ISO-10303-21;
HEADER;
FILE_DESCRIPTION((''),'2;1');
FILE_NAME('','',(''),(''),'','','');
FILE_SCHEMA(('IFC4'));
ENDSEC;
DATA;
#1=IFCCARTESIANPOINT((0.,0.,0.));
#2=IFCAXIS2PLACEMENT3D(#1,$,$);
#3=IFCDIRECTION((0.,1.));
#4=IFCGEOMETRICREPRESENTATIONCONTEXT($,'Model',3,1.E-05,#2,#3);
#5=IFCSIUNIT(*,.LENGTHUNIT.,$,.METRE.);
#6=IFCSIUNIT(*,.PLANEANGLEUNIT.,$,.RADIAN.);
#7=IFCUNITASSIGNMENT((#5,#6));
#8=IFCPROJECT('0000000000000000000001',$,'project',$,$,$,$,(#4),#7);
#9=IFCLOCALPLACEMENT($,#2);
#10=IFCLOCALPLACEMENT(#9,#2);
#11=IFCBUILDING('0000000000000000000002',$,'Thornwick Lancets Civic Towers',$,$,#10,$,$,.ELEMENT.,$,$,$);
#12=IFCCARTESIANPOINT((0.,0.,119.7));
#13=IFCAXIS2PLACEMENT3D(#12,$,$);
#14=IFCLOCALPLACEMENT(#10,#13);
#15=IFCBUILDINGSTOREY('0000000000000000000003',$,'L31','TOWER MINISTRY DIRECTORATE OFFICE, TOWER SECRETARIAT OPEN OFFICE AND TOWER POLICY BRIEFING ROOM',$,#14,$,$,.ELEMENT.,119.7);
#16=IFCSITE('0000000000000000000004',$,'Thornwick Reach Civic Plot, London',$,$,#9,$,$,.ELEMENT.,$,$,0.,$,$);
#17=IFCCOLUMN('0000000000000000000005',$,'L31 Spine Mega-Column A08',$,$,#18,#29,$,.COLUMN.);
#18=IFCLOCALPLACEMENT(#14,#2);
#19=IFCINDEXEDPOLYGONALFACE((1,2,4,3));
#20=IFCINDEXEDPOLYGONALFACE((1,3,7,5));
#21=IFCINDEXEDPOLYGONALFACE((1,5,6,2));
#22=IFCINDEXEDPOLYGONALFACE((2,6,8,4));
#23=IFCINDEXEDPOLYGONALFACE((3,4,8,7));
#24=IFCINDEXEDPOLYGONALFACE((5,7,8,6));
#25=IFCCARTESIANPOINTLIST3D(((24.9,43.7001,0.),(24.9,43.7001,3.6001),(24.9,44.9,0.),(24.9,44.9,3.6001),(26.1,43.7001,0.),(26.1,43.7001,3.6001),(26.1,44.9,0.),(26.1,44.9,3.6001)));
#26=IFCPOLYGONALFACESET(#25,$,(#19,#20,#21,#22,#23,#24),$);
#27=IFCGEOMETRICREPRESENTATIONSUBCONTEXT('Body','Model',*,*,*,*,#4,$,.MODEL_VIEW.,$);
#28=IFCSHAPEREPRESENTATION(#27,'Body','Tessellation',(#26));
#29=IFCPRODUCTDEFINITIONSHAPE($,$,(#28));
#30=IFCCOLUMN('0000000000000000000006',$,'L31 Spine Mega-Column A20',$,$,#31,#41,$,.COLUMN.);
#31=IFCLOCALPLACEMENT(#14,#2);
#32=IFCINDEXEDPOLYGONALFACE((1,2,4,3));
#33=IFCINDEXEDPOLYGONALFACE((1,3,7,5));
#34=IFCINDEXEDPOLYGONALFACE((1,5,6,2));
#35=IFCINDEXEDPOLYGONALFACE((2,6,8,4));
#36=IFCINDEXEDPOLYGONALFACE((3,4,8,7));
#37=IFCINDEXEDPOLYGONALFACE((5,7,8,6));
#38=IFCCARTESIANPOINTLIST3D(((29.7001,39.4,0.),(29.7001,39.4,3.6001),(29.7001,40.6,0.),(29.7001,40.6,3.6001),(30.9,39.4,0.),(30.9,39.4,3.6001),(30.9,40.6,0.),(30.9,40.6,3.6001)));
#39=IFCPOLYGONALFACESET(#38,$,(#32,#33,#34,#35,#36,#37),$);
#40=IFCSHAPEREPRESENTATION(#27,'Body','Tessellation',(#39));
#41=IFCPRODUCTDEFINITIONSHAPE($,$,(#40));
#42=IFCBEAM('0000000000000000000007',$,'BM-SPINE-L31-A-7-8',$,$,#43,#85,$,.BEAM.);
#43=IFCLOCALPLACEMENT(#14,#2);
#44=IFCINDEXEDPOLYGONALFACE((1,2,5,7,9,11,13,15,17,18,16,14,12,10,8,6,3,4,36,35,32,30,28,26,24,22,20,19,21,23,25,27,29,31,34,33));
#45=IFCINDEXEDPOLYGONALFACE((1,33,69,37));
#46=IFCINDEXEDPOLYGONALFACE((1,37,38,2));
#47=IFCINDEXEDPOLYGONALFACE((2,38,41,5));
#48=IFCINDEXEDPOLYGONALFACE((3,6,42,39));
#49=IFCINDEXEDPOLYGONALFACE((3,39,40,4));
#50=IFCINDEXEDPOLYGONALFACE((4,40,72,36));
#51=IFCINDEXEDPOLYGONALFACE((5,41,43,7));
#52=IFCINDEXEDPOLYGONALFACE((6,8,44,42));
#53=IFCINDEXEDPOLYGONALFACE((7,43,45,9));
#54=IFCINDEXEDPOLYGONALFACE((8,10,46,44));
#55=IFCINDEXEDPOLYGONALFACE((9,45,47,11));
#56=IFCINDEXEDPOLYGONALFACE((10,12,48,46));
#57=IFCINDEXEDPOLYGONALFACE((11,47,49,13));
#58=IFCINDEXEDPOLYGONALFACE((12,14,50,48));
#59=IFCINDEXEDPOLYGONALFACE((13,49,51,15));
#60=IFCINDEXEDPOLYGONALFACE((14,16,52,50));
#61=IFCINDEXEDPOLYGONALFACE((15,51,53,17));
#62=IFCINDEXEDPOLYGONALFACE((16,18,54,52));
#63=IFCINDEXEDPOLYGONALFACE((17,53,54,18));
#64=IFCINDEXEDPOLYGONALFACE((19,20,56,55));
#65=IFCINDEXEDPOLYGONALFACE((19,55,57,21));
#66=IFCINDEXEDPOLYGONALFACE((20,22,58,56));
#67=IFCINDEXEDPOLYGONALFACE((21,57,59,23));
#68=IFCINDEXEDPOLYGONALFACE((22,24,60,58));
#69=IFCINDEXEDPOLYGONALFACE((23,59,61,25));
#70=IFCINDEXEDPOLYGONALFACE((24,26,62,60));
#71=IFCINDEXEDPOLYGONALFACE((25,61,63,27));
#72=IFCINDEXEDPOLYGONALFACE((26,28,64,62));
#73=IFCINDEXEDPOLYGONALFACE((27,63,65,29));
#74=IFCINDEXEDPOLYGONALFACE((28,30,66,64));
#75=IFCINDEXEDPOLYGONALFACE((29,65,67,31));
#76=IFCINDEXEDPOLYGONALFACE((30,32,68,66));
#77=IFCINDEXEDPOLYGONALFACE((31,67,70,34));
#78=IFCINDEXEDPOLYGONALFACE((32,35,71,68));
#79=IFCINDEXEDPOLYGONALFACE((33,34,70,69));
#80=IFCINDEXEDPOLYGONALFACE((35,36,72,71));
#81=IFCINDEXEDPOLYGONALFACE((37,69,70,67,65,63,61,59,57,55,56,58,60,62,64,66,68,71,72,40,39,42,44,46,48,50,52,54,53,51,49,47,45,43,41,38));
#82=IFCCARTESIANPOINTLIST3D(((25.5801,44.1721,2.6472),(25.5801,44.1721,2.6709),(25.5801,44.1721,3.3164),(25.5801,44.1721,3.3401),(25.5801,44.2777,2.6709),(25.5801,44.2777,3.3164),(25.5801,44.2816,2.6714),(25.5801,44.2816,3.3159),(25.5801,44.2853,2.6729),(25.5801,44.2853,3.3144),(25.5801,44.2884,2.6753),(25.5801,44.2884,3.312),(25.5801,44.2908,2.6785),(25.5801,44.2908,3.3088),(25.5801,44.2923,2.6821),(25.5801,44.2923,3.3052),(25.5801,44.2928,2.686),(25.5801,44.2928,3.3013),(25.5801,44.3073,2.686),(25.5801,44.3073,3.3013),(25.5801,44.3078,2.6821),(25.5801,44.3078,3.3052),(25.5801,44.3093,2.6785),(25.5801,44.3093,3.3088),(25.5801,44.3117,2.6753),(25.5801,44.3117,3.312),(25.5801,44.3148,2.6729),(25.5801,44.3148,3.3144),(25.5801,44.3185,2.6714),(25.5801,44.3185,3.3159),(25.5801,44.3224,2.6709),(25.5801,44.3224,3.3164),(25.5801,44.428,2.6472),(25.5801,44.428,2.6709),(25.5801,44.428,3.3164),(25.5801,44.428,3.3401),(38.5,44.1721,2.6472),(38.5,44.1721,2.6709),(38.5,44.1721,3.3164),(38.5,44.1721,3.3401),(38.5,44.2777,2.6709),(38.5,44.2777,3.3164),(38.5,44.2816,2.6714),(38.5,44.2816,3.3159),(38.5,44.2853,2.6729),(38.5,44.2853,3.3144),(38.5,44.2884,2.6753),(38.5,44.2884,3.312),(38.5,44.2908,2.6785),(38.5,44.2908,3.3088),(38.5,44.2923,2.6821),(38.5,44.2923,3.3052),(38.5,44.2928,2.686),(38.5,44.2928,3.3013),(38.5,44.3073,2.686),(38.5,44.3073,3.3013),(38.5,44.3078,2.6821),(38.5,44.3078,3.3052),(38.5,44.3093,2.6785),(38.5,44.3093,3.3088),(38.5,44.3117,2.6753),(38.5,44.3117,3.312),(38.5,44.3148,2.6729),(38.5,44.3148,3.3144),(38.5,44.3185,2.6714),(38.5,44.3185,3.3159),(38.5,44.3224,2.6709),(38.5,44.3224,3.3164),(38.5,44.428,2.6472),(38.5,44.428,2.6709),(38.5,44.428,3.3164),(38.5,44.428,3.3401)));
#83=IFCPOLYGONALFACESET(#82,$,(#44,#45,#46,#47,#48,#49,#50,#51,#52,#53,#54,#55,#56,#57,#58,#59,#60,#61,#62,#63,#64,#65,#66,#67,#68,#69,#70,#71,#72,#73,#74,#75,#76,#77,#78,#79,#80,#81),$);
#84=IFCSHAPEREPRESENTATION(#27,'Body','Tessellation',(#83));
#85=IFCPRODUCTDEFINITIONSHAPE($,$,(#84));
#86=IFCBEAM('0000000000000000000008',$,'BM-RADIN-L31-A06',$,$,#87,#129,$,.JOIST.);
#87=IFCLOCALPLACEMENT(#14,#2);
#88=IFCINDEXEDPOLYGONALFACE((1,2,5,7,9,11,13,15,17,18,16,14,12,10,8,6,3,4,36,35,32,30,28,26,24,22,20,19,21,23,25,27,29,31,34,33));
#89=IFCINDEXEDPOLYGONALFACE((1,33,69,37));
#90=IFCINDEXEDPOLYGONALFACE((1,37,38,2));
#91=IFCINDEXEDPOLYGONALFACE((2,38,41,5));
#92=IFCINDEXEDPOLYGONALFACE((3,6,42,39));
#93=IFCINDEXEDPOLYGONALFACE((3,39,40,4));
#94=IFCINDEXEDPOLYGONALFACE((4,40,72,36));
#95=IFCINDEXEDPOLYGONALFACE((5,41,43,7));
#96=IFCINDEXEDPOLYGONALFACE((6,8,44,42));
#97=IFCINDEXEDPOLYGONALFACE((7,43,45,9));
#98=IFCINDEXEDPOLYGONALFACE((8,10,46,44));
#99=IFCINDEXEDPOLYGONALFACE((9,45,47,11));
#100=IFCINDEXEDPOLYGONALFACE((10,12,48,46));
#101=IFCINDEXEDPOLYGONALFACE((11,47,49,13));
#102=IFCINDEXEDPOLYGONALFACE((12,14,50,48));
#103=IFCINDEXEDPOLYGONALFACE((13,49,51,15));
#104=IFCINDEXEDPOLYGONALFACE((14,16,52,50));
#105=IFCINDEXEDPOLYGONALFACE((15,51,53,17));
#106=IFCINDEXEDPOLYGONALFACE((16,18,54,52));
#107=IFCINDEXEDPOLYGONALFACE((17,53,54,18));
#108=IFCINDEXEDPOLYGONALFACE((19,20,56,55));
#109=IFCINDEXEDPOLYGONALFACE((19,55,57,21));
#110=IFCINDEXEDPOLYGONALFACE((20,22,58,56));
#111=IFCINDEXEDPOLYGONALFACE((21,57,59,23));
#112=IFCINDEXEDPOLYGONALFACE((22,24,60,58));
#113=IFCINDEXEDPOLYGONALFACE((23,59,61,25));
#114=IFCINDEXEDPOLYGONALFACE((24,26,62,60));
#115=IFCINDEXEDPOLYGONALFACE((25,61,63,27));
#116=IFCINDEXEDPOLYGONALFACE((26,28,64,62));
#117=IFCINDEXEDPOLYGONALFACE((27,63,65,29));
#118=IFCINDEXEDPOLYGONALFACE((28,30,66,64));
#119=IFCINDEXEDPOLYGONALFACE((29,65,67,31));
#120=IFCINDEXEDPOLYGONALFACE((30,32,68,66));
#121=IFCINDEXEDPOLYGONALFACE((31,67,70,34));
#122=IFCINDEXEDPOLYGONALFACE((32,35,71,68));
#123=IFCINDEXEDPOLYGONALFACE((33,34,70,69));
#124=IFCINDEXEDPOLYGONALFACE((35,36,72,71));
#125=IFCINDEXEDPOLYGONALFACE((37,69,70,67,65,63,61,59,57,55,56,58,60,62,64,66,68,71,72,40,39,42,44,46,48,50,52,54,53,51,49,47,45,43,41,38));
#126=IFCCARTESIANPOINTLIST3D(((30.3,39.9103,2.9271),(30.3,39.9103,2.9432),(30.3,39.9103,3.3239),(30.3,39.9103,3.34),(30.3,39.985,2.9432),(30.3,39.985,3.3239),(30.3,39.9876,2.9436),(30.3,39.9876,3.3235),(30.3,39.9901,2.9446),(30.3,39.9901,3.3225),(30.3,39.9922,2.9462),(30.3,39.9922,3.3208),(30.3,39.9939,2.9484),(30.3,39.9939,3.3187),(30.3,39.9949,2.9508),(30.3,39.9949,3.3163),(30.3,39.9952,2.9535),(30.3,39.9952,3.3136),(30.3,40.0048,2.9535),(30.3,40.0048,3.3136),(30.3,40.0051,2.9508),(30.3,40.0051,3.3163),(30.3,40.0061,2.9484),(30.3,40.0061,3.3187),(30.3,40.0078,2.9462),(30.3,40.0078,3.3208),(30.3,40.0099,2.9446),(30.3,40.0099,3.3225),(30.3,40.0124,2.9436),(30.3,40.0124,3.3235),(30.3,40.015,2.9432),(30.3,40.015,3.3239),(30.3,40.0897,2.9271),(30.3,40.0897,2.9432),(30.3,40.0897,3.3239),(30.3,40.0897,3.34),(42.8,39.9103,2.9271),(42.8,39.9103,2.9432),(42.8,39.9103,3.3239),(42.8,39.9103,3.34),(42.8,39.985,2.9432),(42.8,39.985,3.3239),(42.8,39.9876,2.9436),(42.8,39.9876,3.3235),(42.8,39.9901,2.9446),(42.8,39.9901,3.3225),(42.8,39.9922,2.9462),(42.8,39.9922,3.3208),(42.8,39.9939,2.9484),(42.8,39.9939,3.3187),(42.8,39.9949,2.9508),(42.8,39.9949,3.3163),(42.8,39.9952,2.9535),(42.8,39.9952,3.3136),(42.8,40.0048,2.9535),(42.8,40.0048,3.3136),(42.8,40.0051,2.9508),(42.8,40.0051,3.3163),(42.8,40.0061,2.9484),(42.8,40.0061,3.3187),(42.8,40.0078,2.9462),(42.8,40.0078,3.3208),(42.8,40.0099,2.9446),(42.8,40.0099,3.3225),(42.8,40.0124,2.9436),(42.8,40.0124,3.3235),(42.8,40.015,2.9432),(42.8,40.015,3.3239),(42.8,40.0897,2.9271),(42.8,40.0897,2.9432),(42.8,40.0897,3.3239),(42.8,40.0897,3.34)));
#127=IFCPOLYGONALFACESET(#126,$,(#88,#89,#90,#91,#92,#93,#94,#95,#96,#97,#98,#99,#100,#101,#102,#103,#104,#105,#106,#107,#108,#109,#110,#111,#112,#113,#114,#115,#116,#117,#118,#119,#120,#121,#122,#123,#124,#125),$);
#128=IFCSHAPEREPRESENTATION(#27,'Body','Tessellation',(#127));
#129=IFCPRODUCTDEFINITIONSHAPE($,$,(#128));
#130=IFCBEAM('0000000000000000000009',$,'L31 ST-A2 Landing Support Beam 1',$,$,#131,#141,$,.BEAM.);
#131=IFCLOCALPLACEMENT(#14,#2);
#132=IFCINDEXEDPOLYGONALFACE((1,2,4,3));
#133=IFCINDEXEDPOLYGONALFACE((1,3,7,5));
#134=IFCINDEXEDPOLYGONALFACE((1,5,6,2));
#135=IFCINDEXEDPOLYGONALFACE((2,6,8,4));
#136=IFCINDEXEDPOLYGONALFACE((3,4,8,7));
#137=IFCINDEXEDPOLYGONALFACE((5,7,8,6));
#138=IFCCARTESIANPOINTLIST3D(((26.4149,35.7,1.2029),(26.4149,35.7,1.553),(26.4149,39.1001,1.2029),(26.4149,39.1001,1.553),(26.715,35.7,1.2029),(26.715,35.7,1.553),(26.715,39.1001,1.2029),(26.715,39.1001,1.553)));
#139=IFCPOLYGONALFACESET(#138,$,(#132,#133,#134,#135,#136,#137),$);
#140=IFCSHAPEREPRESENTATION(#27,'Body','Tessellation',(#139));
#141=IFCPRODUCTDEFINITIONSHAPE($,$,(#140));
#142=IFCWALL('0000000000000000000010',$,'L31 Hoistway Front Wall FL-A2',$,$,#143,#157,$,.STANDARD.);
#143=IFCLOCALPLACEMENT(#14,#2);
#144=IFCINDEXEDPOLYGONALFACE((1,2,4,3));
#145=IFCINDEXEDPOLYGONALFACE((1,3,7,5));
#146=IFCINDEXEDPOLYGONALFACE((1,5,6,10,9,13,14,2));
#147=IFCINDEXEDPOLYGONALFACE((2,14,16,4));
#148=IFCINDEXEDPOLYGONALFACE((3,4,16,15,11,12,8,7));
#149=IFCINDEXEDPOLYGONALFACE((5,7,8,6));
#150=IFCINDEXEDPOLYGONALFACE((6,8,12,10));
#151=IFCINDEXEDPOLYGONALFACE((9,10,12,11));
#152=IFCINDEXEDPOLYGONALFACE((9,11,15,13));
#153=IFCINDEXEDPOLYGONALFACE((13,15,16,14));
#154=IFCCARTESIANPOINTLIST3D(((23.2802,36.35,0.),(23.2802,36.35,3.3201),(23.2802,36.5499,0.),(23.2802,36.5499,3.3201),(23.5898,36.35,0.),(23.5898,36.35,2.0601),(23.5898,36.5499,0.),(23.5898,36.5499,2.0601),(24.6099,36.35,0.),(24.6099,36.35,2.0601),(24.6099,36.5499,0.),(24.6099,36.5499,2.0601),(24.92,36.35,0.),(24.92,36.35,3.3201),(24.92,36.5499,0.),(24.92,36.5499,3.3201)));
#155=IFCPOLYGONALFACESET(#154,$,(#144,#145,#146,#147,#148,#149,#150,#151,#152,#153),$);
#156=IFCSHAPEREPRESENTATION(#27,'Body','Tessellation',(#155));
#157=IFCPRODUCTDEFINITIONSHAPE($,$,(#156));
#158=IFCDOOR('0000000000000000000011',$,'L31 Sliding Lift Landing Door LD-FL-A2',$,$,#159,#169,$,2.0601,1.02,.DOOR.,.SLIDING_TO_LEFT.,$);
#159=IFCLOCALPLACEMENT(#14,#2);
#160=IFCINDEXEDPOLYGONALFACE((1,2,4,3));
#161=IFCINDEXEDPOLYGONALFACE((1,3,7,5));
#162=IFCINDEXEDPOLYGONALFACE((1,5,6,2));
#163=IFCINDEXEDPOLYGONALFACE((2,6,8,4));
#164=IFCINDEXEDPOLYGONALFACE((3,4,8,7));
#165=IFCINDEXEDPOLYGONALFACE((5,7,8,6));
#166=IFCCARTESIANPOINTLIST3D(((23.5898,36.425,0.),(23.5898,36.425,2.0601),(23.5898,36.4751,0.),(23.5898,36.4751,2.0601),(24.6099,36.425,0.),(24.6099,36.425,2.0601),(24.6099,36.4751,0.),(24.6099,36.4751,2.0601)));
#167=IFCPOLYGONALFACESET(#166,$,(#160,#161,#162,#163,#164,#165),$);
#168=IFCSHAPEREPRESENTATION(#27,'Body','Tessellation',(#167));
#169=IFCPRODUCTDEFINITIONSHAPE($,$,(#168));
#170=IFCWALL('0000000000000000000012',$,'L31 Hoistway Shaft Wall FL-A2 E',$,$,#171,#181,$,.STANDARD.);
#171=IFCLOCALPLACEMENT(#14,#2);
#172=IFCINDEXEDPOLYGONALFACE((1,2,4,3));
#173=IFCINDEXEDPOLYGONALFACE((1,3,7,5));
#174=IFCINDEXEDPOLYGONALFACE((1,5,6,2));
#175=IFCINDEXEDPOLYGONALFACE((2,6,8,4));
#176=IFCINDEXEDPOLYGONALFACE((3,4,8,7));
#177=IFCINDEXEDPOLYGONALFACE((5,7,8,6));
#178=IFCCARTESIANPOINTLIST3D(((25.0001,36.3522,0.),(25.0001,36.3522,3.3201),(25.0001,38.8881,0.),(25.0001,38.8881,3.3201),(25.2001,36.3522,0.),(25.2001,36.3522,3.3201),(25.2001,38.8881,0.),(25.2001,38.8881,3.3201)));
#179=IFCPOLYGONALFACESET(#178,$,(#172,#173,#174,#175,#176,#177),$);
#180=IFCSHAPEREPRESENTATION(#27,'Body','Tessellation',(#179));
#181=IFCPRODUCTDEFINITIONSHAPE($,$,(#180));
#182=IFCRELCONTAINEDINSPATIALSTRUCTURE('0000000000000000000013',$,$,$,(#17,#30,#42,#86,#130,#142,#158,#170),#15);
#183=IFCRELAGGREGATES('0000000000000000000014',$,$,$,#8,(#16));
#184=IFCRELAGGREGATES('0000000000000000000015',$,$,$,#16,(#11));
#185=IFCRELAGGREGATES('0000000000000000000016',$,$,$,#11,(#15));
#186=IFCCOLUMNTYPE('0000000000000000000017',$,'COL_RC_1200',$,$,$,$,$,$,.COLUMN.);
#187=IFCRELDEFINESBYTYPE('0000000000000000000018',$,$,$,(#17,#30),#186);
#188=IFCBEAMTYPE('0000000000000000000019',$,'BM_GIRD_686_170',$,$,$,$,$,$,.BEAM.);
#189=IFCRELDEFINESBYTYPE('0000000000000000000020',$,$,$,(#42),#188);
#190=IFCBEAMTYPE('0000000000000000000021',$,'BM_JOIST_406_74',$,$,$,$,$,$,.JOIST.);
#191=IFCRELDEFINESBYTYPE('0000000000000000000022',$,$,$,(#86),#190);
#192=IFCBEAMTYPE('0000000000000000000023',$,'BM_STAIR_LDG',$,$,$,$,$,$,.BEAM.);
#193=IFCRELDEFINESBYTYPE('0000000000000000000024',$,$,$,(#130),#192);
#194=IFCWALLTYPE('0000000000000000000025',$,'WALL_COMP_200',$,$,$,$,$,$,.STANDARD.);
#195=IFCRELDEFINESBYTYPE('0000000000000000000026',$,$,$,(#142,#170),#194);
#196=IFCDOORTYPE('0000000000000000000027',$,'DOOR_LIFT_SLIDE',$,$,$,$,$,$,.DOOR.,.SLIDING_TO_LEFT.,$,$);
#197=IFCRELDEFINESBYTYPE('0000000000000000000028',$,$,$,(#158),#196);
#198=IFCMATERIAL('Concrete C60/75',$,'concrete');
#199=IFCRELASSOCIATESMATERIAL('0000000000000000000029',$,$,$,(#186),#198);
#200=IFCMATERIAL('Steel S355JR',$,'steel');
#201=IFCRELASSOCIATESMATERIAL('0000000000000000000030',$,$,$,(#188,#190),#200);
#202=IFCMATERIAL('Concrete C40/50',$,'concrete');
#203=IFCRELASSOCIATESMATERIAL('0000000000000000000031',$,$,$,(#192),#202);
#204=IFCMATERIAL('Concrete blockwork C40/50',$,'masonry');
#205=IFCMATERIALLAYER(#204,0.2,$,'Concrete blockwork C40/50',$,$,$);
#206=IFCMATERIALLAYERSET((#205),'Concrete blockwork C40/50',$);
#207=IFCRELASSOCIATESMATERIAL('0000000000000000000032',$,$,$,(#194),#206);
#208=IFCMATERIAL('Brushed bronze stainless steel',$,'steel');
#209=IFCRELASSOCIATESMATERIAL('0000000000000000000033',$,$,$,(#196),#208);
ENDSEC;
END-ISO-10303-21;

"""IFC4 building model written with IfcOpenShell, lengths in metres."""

from ifc_helpers import new_model, si_unit, direction, frame, frame_2d, origin, origin_2d, place, context, subcontext, project, spatial, rectangle, i_section, extrude, material, layer, layer_set, material_profile, profile_set, type_object, element, fill, save


model = new_model("IFC4")

# Units and contexts
model_context = context("Model", 3, precision=1e-05, world=origin(), true_north=direction((0.0, 1.0)))
body_context = subcontext(model_context, "Body", "Model", "MODEL_VIEW")
ifc_project = project(units=[si_unit("LENGTHUNIT", "METRE"), si_unit("PLANEANGLEUNIT", "RADIAN")], contexts=[model_context])

# Site, building, storey
site_placement = place(None, origin())
site = spatial("IfcSite", under=ifc_project, at=site_placement, Name="Thornwick Reach Civic Plot, London", CompositionType="ELEMENT", RefElevation=0.0)
building_placement = place(site_placement, origin())
building = spatial("IfcBuilding", under=site, at=building_placement, Name="Thornwick Lancets Civic Towers", CompositionType="ELEMENT")
storey_placement = place(building_placement, frame((0.0, 0.0, 119.7)))
storey = spatial("IfcBuildingStorey", under=building, at=storey_placement, Name="L31", Description="TOWER MINISTRY DIRECTORATE OFFICE, TOWER SECRETARIAT OPEN OFFICE AND TOWER POLICY BRIEFING ROOM", CompositionType="ELEMENT", Elevation=119.7)

# Columns
ifc_material_1 = material(Name="Concrete C60/75", Category="concrete")
ifc_material_profile_1 = material_profile(ifc_material_1, rectangle(XDim=1.2, YDim=1.2, at=origin_2d()), Name="RC 1200x1200")
ifc_profile_set_1 = profile_set([ifc_material_profile_1], Name="Concrete C60/75")
column_type = type_object("IfcColumnType", Name="COL_RC_1200", PredefinedType="COLUMN", material=ifc_profile_set_1)
for number, where, z_axis, x_axis, name in (
    (1, (25.5, 44.3, 0.0), (0.0, 0.0, 1.0), (1.0, 0.0, 0.0), "L31 Spine Mega-Column A08"),
    (2, (30.3, 40.0, 0.0), (0.0, 0.0, 1.0), (1.0, 0.0, 0.0), "L31 Spine Mega-Column A20"),
):
    element("IfcColumn", number, at=place(storey_placement, frame(where, z_axis=z_axis, x_axis=x_axis)), inside=storey, type_object=column_type, Name=name, PredefinedType="COLUMN", context=body_context, shape_type="SweptSolid", body=[
        extrude(rectangle(XDim=1.2, YDim=1.2, at=origin_2d()), origin(), (0.0, 0.0, 1.0), 3.6001),
    ])

# Beams
ifc_material_2 = material(Name="Steel S355JR", Category="steel")
ifc_material_profile_2 = material_profile(ifc_material_2, i_section(OverallWidth=0.2559, OverallDepth=0.6929, WebThickness=0.0144, FlangeThickness=0.0237, FilletRadius=0.0151, at=origin_2d()), Name="UKB 686x254x170")
ifc_profile_set_2 = profile_set([ifc_material_profile_2], Name="Steel S355JR")
beam_type_1 = type_object("IfcBeamType", Name="BM_GIRD_686_170", PredefinedType="BEAM", material=ifc_profile_set_2)
beam_1_placement = place(storey_placement, frame((25.5801, 44.3, 2.9937), z_axis=(1.0, 0.0, 0.0), x_axis=(0.0, 1.0, 0.0)))
element("IfcBeam", 3, at=beam_1_placement, inside=storey, type_object=beam_type_1, Name="BM-SPINE-L31-A-7-8", PredefinedType="BEAM", context=body_context, shape_type="SweptSolid", body=[
    extrude(i_section(OverallWidth=0.2559, OverallDepth=0.6929, WebThickness=0.0144, FlangeThickness=0.0237, FilletRadius=0.0151, at=origin_2d()), origin(), (0.0, 0.0, 1.0), 12.9199),
])
ifc_material_profile_3 = material_profile(ifc_material_2, i_section(OverallWidth=0.1794, OverallDepth=0.4128, WebThickness=0.0095, FlangeThickness=0.0161, FilletRadius=0.0103, at=origin_2d()), Name="UKB 406x178x74")
ifc_profile_set_3 = profile_set([ifc_material_profile_3], Name="Steel S355JR")
beam_type_2 = type_object("IfcBeamType", Name="BM_JOIST_406_74", PredefinedType="JOIST", material=ifc_profile_set_3)
beam_2_placement = place(storey_placement, frame((30.3, 40.0, 3.1335), z_axis=(1.0, 0.0, 0.0), x_axis=(0.0, 1.0, 0.0)))
element("IfcBeam", 4, at=beam_2_placement, inside=storey, type_object=beam_type_2, Name="BM-RADIN-L31-A06", PredefinedType="JOIST", context=body_context, shape_type="SweptSolid", body=[
    extrude(i_section(OverallWidth=0.1794, OverallDepth=0.4128, WebThickness=0.0095, FlangeThickness=0.0161, FilletRadius=0.0103, at=origin_2d()), origin(), (0.0, 0.0, 1.0), 12.5),
])
ifc_material_3 = material(Name="Concrete C40/50", Category="concrete")
ifc_material_profile_4 = material_profile(ifc_material_3, rectangle(XDim=0.3, YDim=0.3501, at=origin_2d()), Name="RC 300x350")
ifc_profile_set_4 = profile_set([ifc_material_profile_4], Name="Concrete C40/50")
beam_type_3 = type_object("IfcBeamType", Name="BM_STAIR_LDG", PredefinedType="BEAM", material=ifc_profile_set_4)
beam_3_placement = place(storey_placement, frame((26.5649, 39.1001, 1.3779), z_axis=(0.0, -1.0, 0.0), x_axis=(1.0, 0.0, 0.0)))
element("IfcBeam", 5, at=beam_3_placement, inside=storey, type_object=beam_type_3, Name="L31 ST-A2 Landing Support Beam 1", PredefinedType="BEAM", context=body_context, shape_type="SweptSolid", body=[
    extrude(rectangle(XDim=0.3, YDim=0.3501, at=origin_2d()), origin(), (0.0, 0.0, 1.0), 3.4001),
])

# Wall, opening, door
ifc_material_4 = material(Name="Concrete blockwork C40/50", Category="masonry")
ifc_layer = layer(ifc_material_4, 0.2, Name="Concrete blockwork C40/50")
ifc_layer_set = layer_set([ifc_layer], Name="Concrete blockwork C40/50")
wall_type = type_object("IfcWallType", Name="WALL_COMP_200", PredefinedType="STANDARD", material=ifc_layer_set)
wall_1_placement = place(storey_placement, frame((24.9199, 36.45, 0.0), z_axis=(0.0, 0.0, 1.0), x_axis=(-1.0, 0.0, 0.0)))
wall_1 = element("IfcWall", 6, at=wall_1_placement, inside=storey, type_object=wall_type, Name="L31 Hoistway Front Wall FL-A2", PredefinedType="STANDARD", context=body_context, shape_type="SweptSolid", body=[
    extrude(rectangle(XDim=1.6399, YDim=0.2, at=frame_2d((0.8198, 0.0))), origin(), (0.0, 0.0, 1.0), 3.3201),
])
opening_placement = place(wall_1_placement, frame((0.3101, 0.0, 0.0)))
opening = element("IfcOpeningElement", 7, at=opening_placement, cuts=wall_1, PredefinedType="OPENING", context=body_context, shape_type="SweptSolid", body=[
    extrude(rectangle(XDim=1.02, YDim=2.0601, at=frame_2d((0.51, 1.03))), frame((0.0, 0.1099, 0.0), z_axis=(0.0, -1.0, 0.0), x_axis=(1.0, 0.0, 0.0)), (0.0, 0.0, 1.0), 0.22),
])
ifc_material_5 = material(Name="Brushed bronze stainless steel", Category="steel")
door_type = type_object("IfcDoorType", Name="DOOR_LIFT_SLIDE", OperationType="SLIDING_TO_LEFT", PredefinedType="DOOR", material=ifc_material_5)
door_placement = place(opening_placement, origin())
door = element("IfcDoor", 8, at=door_placement, inside=storey, type_object=door_type, Name="L31 Sliding Lift Landing Door LD-FL-A2", OperationType="SLIDING_TO_LEFT", OverallHeight=2.0601, OverallWidth=1.02, PredefinedType="DOOR", context=body_context, shape_type="SweptSolid", body=[
    extrude(rectangle(XDim=1.02, YDim=2.0601, at=frame_2d((0.51, 1.03))), frame((0.0, 0.0249, 0.0), z_axis=(0.0, -1.0, 0.0), x_axis=(1.0, 0.0, 0.0)), (0.0, 0.0, 1.0), 0.05),
])
fill(opening, door)

# Wall
wall_2_placement = place(storey_placement, frame((25.1001, 36.3521, 0.0), z_axis=(0.0, 0.0, 1.0), x_axis=(0.0, 1.0, 0.0)))
element("IfcWall", 9, at=wall_2_placement, inside=storey, type_object=wall_type, Name="L31 Hoistway Shaft Wall FL-A2 E", PredefinedType="STANDARD", context=body_context, shape_type="SweptSolid", body=[
    extrude(rectangle(XDim=2.5359, YDim=0.2, at=frame_2d((1.2681, 0.0))), origin(), (0.0, 0.0, 1.0), 3.3201),
])

save(model, "model.ifc")
